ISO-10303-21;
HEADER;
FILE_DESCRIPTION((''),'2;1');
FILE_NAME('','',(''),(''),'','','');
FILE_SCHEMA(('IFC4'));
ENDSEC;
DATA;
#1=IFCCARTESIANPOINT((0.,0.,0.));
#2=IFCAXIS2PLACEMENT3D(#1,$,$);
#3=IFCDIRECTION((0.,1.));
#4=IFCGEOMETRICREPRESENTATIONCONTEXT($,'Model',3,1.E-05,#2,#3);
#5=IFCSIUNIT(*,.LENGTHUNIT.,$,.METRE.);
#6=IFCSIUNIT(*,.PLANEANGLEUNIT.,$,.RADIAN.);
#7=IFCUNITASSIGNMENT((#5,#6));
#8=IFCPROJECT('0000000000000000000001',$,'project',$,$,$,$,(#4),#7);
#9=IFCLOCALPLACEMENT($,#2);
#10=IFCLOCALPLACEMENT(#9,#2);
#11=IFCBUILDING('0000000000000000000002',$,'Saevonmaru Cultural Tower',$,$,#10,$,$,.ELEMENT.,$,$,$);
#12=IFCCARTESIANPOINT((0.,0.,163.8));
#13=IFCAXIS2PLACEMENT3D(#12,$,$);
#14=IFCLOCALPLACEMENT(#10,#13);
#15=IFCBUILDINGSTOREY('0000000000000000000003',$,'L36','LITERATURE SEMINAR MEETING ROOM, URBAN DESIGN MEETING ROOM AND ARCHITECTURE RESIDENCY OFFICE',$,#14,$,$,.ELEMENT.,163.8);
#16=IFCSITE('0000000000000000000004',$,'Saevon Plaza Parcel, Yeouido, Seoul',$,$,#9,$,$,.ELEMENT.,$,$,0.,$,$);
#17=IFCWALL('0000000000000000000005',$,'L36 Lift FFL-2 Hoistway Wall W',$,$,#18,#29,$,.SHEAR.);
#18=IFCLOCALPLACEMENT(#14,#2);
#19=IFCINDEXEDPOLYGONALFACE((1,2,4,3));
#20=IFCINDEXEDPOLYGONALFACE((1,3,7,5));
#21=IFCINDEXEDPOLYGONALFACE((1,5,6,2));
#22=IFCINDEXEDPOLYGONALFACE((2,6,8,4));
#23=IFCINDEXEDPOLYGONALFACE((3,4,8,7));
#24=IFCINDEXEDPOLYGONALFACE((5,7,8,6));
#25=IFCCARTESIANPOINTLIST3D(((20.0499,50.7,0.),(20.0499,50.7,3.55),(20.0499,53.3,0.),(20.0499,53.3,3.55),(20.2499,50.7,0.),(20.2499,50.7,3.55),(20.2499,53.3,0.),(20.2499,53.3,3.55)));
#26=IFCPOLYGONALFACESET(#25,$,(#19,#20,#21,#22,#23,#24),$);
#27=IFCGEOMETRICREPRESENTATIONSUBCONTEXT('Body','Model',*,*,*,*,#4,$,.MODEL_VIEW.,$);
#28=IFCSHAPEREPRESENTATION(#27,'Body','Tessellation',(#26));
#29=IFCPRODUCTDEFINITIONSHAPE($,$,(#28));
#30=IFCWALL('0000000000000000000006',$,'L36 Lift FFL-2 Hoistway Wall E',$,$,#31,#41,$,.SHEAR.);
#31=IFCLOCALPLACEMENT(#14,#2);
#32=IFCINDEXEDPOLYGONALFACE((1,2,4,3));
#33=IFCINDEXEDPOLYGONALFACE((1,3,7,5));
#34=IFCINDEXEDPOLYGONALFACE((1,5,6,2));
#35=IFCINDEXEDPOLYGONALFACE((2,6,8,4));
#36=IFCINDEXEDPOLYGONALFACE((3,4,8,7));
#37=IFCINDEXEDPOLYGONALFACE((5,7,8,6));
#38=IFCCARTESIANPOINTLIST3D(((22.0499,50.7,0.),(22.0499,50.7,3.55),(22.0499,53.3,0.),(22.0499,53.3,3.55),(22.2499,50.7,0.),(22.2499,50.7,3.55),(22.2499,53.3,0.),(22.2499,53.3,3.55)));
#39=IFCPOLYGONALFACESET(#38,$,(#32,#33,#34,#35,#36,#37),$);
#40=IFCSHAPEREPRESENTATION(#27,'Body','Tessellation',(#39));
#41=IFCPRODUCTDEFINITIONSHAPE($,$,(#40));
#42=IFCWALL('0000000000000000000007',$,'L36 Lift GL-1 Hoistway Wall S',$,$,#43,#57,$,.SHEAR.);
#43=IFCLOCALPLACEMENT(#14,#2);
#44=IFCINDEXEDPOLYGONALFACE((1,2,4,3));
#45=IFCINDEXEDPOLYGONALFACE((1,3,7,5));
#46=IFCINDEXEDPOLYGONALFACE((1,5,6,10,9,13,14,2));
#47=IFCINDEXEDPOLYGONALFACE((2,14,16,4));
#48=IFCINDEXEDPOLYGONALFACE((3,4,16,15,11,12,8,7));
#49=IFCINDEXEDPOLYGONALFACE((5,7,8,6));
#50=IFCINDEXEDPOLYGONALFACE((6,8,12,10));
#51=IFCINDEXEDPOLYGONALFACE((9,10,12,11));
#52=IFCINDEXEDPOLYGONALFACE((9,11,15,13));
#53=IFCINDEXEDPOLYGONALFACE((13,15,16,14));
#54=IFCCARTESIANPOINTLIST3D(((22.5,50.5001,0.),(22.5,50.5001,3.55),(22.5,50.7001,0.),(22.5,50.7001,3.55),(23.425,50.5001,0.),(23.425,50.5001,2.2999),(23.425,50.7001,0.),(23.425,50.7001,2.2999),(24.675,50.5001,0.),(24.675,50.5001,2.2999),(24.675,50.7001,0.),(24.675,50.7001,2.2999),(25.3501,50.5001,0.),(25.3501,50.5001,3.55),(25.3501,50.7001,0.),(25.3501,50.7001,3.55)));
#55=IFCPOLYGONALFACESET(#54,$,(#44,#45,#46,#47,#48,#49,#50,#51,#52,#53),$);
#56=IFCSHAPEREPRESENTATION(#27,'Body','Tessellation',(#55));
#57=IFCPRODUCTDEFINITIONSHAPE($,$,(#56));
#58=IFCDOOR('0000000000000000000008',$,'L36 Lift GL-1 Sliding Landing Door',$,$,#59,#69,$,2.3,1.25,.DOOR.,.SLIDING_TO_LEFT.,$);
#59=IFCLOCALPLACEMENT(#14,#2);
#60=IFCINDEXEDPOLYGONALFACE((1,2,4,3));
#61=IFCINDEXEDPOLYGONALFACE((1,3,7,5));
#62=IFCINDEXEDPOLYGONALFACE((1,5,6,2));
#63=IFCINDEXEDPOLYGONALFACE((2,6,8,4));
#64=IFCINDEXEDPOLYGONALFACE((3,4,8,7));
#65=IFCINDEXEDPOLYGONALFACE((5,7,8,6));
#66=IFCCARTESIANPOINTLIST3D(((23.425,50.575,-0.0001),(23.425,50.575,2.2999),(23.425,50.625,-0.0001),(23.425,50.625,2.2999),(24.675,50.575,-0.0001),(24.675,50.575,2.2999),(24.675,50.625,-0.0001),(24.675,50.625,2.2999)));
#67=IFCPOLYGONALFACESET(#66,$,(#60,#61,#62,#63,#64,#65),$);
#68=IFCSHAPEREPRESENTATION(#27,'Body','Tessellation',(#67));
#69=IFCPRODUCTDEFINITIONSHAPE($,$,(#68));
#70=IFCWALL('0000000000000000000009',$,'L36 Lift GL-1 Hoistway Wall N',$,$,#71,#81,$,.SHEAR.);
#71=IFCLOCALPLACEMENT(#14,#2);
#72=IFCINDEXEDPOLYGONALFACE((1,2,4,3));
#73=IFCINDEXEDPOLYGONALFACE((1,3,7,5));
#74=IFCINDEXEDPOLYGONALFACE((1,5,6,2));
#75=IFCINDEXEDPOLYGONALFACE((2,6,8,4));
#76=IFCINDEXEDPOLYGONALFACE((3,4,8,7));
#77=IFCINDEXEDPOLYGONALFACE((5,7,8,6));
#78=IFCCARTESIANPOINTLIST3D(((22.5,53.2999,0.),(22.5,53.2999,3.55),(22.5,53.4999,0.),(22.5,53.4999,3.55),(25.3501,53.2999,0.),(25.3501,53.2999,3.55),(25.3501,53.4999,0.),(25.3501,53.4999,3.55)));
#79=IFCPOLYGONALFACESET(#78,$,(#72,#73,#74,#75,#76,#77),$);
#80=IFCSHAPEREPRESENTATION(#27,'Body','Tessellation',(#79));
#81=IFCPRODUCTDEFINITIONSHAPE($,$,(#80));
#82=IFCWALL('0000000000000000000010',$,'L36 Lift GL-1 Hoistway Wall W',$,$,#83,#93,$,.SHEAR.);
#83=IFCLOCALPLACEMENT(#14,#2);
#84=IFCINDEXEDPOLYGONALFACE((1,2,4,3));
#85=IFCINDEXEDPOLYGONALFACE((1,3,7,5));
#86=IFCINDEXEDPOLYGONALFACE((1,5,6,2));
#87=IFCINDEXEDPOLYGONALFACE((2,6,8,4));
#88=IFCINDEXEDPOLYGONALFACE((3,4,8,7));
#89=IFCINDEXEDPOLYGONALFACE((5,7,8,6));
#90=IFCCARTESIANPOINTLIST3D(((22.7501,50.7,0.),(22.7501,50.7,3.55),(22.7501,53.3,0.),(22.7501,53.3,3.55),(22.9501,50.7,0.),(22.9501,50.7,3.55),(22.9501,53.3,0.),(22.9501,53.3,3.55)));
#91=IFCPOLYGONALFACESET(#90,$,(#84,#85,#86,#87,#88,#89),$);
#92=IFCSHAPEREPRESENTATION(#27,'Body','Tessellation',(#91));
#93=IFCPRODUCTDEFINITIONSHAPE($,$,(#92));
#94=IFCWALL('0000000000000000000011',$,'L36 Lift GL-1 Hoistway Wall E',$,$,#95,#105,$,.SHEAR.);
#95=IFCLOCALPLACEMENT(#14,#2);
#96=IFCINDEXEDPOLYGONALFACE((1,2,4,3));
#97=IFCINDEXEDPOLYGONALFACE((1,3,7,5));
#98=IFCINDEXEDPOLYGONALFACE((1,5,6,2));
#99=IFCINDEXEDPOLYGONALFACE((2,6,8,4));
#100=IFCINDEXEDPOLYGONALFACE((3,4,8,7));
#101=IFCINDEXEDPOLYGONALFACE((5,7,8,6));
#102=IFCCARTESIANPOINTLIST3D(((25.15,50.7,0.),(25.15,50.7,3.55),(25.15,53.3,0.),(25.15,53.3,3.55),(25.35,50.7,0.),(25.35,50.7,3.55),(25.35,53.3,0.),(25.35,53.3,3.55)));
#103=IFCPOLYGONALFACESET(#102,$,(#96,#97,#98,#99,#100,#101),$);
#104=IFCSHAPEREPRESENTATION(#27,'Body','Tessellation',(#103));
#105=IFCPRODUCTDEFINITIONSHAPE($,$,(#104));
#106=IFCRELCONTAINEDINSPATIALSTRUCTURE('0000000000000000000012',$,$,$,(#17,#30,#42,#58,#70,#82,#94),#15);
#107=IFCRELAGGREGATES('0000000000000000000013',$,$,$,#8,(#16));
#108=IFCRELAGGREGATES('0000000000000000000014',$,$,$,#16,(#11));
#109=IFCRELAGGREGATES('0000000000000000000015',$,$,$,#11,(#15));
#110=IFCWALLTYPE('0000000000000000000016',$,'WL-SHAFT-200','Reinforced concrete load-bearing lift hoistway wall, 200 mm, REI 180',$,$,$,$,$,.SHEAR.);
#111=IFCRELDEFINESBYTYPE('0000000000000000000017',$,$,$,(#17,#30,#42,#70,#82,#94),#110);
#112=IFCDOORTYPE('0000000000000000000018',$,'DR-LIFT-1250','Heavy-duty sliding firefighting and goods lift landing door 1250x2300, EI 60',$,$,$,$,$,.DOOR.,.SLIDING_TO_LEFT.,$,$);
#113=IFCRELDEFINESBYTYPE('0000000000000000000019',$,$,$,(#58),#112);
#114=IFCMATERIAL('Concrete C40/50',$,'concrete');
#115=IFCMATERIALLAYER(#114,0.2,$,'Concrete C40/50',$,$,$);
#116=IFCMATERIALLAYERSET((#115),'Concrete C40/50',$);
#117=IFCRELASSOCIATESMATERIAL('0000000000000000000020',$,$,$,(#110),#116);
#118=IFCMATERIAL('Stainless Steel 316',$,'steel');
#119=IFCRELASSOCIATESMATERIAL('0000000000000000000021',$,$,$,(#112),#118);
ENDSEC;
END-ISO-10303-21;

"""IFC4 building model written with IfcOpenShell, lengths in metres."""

from ifc_helpers import new_model, si_unit, direction, frame, frame_2d, origin, place, context, subcontext, project, spatial, rectangle, extrude, material, layer, layer_set, type_object, element, fill, save


model = new_model("IFC4")

# Units and contexts
model_context = context("Model", 3, precision=1e-05, world=origin(), true_north=direction((0.0, 1.0)))
body_context = subcontext(model_context, "Body", "Model", "MODEL_VIEW")
ifc_project = project(units=[si_unit("LENGTHUNIT", "METRE"), si_unit("PLANEANGLEUNIT", "RADIAN")], contexts=[model_context])

# Site, building, storey
site_placement = place(None, origin())
site = spatial("IfcSite", under=ifc_project, at=site_placement, Name="Saevon Plaza Parcel, Yeouido, Seoul", CompositionType="ELEMENT", RefElevation=0.0)
building_placement = place(site_placement, origin())
building = spatial("IfcBuilding", under=site, at=building_placement, Name="Saevonmaru Cultural Tower", CompositionType="ELEMENT")
storey_placement = place(building_placement, frame((0.0, 0.0, 163.8)))
storey = spatial("IfcBuildingStorey", under=building, at=storey_placement, Name="L36", Description="LITERATURE SEMINAR MEETING ROOM, URBAN DESIGN MEETING ROOM AND ARCHITECTURE RESIDENCY OFFICE", CompositionType="ELEMENT", Elevation=163.8)

# Shared definitions
ifc_material_1 = material(Name="Concrete C40/50", Category="concrete")
ifc_layer_1 = layer(ifc_material_1, 0.2, Name="Concrete C40/50")
ifc_layer_set_1 = layer_set([ifc_layer_1], Name="Concrete C40/50")
wall_type_1 = type_object("IfcWallType", Name="WL-SHAFT-200", Description="Reinforced concrete load-bearing lift hoistway wall, 200 mm, REI 180", PredefinedType="SHEAR", material=ifc_layer_set_1)

# Shared definitions
ifc_material_2 = material(Name="Stainless Steel 316", Category="steel")
door_type = type_object("IfcDoorType", Name="DR-LIFT-1250", Description="Heavy-duty sliding firefighting and goods lift landing door 1250x2300, EI 60", OperationType="SLIDING_TO_LEFT", PredefinedType="DOOR", material=ifc_material_2)

# Walls
for number, where, z_axis, x_axis, name in (
    (1, (20.1499, 50.7, 0.0), (0.0, 0.0, 1.0), (0.0, 1.0, 0.0), "L36 Lift FFL-2 Hoistway Wall W"),
    (2, (22.1499, 50.7, 0.0), (0.0, 0.0, 1.0), (0.0, 1.0, 0.0), "L36 Lift FFL-2 Hoistway Wall E"),
):
    element("IfcWall", number, at=place(storey_placement, frame(where, z_axis=z_axis, x_axis=x_axis)), inside=storey, type_object=wall_type_1, Name=name, PredefinedType="SHEAR", context=body_context, shape_type="SweptSolid", body=[
        extrude(rectangle(XDim=2.6001, YDim=0.2, at=frame_2d((1.3, 0.0))), origin(), (0.0, 0.0, 1.0), 3.55),
    ])

# Wall, opening, door
wall_1_placement = place(storey_placement, frame((22.5, 50.6001, 0.0), z_axis=(0.0, 0.0, 1.0), x_axis=(1.0, 0.0, 0.0)))
wall_1 = element("IfcWall", 3, at=wall_1_placement, inside=storey, type_object=wall_type_1, Name="L36 Lift GL-1 Hoistway Wall S", PredefinedType="SHEAR", context=body_context, shape_type="SweptSolid", body=[
    extrude(rectangle(XDim=2.8501, YDim=0.2, at=frame_2d((1.425, 0.0))), origin(), (0.0, 0.0, 1.0), 3.55),
])
opening_1_placement = place(wall_1_placement, frame((0.925, 0.0, 0.0)))
opening_1 = element("IfcOpeningElement", 4, at=opening_1_placement, cuts=wall_1, PredefinedType="OPENING", context=body_context, shape_type="SweptSolid", body=[
    extrude(rectangle(XDim=1.25, YDim=2.3, at=frame_2d((0.625, 1.1499))), frame((0.0, 0.1099, 0.0), z_axis=(0.0, -1.0, 0.0), x_axis=(1.0, 0.0, 0.0)), (0.0, 0.0, 1.0), 0.22),
])
door_1_placement = place(opening_1_placement, origin())
door_1 = element("IfcDoor", 5, at=door_1_placement, inside=storey, type_object=door_type, Name="L36 Lift GL-1 Sliding Landing Door", OperationType="SLIDING_TO_LEFT", OverallHeight=2.3, OverallWidth=1.25, PredefinedType="DOOR", context=body_context, shape_type="SweptSolid", body=[
    extrude(rectangle(XDim=1.25, YDim=2.3, at=frame_2d((0.625, 1.1499))), frame((0.0, 0.0249, 0.0), z_axis=(0.0, -1.0, 0.0), x_axis=(1.0, 0.0, 0.0)), (0.0, 0.0, 1.0), 0.05),
])
fill(opening_1, door_1)

# Walls
wall_2_placement = place(storey_placement, frame((22.5, 53.3999, 0.0), z_axis=(0.0, 0.0, 1.0), x_axis=(1.0, 0.0, 0.0)))
element("IfcWall", 6, at=wall_2_placement, inside=storey, type_object=wall_type_1, Name="L36 Lift GL-1 Hoistway Wall N", PredefinedType="SHEAR", context=body_context, shape_type="SweptSolid", body=[
    extrude(rectangle(XDim=2.8501, YDim=0.2, at=frame_2d((1.425, 0.0))), origin(), (0.0, 0.0, 1.0), 3.55),
])
for number, where, z_axis, x_axis, name in (
    (7, (22.8501, 50.7, 0.0), (0.0, 0.0, 1.0), (0.0, 1.0, 0.0), "L36 Lift GL-1 Hoistway Wall W"),
    (8, (25.25, 50.7, 0.0), (0.0, 0.0, 1.0), (0.0, 1.0, 0.0), "L36 Lift GL-1 Hoistway Wall E"),
):
    element("IfcWall", number, at=place(storey_placement, frame(where, z_axis=z_axis, x_axis=x_axis)), inside=storey, type_object=wall_type_1, Name=name, PredefinedType="SHEAR", context=body_context, shape_type="SweptSolid", body=[
        extrude(rectangle(XDim=2.6001, YDim=0.2, at=frame_2d((1.3, 0.0))), origin(), (0.0, 0.0, 1.0), 3.55),
    ])

save(model, "model.ifc")
